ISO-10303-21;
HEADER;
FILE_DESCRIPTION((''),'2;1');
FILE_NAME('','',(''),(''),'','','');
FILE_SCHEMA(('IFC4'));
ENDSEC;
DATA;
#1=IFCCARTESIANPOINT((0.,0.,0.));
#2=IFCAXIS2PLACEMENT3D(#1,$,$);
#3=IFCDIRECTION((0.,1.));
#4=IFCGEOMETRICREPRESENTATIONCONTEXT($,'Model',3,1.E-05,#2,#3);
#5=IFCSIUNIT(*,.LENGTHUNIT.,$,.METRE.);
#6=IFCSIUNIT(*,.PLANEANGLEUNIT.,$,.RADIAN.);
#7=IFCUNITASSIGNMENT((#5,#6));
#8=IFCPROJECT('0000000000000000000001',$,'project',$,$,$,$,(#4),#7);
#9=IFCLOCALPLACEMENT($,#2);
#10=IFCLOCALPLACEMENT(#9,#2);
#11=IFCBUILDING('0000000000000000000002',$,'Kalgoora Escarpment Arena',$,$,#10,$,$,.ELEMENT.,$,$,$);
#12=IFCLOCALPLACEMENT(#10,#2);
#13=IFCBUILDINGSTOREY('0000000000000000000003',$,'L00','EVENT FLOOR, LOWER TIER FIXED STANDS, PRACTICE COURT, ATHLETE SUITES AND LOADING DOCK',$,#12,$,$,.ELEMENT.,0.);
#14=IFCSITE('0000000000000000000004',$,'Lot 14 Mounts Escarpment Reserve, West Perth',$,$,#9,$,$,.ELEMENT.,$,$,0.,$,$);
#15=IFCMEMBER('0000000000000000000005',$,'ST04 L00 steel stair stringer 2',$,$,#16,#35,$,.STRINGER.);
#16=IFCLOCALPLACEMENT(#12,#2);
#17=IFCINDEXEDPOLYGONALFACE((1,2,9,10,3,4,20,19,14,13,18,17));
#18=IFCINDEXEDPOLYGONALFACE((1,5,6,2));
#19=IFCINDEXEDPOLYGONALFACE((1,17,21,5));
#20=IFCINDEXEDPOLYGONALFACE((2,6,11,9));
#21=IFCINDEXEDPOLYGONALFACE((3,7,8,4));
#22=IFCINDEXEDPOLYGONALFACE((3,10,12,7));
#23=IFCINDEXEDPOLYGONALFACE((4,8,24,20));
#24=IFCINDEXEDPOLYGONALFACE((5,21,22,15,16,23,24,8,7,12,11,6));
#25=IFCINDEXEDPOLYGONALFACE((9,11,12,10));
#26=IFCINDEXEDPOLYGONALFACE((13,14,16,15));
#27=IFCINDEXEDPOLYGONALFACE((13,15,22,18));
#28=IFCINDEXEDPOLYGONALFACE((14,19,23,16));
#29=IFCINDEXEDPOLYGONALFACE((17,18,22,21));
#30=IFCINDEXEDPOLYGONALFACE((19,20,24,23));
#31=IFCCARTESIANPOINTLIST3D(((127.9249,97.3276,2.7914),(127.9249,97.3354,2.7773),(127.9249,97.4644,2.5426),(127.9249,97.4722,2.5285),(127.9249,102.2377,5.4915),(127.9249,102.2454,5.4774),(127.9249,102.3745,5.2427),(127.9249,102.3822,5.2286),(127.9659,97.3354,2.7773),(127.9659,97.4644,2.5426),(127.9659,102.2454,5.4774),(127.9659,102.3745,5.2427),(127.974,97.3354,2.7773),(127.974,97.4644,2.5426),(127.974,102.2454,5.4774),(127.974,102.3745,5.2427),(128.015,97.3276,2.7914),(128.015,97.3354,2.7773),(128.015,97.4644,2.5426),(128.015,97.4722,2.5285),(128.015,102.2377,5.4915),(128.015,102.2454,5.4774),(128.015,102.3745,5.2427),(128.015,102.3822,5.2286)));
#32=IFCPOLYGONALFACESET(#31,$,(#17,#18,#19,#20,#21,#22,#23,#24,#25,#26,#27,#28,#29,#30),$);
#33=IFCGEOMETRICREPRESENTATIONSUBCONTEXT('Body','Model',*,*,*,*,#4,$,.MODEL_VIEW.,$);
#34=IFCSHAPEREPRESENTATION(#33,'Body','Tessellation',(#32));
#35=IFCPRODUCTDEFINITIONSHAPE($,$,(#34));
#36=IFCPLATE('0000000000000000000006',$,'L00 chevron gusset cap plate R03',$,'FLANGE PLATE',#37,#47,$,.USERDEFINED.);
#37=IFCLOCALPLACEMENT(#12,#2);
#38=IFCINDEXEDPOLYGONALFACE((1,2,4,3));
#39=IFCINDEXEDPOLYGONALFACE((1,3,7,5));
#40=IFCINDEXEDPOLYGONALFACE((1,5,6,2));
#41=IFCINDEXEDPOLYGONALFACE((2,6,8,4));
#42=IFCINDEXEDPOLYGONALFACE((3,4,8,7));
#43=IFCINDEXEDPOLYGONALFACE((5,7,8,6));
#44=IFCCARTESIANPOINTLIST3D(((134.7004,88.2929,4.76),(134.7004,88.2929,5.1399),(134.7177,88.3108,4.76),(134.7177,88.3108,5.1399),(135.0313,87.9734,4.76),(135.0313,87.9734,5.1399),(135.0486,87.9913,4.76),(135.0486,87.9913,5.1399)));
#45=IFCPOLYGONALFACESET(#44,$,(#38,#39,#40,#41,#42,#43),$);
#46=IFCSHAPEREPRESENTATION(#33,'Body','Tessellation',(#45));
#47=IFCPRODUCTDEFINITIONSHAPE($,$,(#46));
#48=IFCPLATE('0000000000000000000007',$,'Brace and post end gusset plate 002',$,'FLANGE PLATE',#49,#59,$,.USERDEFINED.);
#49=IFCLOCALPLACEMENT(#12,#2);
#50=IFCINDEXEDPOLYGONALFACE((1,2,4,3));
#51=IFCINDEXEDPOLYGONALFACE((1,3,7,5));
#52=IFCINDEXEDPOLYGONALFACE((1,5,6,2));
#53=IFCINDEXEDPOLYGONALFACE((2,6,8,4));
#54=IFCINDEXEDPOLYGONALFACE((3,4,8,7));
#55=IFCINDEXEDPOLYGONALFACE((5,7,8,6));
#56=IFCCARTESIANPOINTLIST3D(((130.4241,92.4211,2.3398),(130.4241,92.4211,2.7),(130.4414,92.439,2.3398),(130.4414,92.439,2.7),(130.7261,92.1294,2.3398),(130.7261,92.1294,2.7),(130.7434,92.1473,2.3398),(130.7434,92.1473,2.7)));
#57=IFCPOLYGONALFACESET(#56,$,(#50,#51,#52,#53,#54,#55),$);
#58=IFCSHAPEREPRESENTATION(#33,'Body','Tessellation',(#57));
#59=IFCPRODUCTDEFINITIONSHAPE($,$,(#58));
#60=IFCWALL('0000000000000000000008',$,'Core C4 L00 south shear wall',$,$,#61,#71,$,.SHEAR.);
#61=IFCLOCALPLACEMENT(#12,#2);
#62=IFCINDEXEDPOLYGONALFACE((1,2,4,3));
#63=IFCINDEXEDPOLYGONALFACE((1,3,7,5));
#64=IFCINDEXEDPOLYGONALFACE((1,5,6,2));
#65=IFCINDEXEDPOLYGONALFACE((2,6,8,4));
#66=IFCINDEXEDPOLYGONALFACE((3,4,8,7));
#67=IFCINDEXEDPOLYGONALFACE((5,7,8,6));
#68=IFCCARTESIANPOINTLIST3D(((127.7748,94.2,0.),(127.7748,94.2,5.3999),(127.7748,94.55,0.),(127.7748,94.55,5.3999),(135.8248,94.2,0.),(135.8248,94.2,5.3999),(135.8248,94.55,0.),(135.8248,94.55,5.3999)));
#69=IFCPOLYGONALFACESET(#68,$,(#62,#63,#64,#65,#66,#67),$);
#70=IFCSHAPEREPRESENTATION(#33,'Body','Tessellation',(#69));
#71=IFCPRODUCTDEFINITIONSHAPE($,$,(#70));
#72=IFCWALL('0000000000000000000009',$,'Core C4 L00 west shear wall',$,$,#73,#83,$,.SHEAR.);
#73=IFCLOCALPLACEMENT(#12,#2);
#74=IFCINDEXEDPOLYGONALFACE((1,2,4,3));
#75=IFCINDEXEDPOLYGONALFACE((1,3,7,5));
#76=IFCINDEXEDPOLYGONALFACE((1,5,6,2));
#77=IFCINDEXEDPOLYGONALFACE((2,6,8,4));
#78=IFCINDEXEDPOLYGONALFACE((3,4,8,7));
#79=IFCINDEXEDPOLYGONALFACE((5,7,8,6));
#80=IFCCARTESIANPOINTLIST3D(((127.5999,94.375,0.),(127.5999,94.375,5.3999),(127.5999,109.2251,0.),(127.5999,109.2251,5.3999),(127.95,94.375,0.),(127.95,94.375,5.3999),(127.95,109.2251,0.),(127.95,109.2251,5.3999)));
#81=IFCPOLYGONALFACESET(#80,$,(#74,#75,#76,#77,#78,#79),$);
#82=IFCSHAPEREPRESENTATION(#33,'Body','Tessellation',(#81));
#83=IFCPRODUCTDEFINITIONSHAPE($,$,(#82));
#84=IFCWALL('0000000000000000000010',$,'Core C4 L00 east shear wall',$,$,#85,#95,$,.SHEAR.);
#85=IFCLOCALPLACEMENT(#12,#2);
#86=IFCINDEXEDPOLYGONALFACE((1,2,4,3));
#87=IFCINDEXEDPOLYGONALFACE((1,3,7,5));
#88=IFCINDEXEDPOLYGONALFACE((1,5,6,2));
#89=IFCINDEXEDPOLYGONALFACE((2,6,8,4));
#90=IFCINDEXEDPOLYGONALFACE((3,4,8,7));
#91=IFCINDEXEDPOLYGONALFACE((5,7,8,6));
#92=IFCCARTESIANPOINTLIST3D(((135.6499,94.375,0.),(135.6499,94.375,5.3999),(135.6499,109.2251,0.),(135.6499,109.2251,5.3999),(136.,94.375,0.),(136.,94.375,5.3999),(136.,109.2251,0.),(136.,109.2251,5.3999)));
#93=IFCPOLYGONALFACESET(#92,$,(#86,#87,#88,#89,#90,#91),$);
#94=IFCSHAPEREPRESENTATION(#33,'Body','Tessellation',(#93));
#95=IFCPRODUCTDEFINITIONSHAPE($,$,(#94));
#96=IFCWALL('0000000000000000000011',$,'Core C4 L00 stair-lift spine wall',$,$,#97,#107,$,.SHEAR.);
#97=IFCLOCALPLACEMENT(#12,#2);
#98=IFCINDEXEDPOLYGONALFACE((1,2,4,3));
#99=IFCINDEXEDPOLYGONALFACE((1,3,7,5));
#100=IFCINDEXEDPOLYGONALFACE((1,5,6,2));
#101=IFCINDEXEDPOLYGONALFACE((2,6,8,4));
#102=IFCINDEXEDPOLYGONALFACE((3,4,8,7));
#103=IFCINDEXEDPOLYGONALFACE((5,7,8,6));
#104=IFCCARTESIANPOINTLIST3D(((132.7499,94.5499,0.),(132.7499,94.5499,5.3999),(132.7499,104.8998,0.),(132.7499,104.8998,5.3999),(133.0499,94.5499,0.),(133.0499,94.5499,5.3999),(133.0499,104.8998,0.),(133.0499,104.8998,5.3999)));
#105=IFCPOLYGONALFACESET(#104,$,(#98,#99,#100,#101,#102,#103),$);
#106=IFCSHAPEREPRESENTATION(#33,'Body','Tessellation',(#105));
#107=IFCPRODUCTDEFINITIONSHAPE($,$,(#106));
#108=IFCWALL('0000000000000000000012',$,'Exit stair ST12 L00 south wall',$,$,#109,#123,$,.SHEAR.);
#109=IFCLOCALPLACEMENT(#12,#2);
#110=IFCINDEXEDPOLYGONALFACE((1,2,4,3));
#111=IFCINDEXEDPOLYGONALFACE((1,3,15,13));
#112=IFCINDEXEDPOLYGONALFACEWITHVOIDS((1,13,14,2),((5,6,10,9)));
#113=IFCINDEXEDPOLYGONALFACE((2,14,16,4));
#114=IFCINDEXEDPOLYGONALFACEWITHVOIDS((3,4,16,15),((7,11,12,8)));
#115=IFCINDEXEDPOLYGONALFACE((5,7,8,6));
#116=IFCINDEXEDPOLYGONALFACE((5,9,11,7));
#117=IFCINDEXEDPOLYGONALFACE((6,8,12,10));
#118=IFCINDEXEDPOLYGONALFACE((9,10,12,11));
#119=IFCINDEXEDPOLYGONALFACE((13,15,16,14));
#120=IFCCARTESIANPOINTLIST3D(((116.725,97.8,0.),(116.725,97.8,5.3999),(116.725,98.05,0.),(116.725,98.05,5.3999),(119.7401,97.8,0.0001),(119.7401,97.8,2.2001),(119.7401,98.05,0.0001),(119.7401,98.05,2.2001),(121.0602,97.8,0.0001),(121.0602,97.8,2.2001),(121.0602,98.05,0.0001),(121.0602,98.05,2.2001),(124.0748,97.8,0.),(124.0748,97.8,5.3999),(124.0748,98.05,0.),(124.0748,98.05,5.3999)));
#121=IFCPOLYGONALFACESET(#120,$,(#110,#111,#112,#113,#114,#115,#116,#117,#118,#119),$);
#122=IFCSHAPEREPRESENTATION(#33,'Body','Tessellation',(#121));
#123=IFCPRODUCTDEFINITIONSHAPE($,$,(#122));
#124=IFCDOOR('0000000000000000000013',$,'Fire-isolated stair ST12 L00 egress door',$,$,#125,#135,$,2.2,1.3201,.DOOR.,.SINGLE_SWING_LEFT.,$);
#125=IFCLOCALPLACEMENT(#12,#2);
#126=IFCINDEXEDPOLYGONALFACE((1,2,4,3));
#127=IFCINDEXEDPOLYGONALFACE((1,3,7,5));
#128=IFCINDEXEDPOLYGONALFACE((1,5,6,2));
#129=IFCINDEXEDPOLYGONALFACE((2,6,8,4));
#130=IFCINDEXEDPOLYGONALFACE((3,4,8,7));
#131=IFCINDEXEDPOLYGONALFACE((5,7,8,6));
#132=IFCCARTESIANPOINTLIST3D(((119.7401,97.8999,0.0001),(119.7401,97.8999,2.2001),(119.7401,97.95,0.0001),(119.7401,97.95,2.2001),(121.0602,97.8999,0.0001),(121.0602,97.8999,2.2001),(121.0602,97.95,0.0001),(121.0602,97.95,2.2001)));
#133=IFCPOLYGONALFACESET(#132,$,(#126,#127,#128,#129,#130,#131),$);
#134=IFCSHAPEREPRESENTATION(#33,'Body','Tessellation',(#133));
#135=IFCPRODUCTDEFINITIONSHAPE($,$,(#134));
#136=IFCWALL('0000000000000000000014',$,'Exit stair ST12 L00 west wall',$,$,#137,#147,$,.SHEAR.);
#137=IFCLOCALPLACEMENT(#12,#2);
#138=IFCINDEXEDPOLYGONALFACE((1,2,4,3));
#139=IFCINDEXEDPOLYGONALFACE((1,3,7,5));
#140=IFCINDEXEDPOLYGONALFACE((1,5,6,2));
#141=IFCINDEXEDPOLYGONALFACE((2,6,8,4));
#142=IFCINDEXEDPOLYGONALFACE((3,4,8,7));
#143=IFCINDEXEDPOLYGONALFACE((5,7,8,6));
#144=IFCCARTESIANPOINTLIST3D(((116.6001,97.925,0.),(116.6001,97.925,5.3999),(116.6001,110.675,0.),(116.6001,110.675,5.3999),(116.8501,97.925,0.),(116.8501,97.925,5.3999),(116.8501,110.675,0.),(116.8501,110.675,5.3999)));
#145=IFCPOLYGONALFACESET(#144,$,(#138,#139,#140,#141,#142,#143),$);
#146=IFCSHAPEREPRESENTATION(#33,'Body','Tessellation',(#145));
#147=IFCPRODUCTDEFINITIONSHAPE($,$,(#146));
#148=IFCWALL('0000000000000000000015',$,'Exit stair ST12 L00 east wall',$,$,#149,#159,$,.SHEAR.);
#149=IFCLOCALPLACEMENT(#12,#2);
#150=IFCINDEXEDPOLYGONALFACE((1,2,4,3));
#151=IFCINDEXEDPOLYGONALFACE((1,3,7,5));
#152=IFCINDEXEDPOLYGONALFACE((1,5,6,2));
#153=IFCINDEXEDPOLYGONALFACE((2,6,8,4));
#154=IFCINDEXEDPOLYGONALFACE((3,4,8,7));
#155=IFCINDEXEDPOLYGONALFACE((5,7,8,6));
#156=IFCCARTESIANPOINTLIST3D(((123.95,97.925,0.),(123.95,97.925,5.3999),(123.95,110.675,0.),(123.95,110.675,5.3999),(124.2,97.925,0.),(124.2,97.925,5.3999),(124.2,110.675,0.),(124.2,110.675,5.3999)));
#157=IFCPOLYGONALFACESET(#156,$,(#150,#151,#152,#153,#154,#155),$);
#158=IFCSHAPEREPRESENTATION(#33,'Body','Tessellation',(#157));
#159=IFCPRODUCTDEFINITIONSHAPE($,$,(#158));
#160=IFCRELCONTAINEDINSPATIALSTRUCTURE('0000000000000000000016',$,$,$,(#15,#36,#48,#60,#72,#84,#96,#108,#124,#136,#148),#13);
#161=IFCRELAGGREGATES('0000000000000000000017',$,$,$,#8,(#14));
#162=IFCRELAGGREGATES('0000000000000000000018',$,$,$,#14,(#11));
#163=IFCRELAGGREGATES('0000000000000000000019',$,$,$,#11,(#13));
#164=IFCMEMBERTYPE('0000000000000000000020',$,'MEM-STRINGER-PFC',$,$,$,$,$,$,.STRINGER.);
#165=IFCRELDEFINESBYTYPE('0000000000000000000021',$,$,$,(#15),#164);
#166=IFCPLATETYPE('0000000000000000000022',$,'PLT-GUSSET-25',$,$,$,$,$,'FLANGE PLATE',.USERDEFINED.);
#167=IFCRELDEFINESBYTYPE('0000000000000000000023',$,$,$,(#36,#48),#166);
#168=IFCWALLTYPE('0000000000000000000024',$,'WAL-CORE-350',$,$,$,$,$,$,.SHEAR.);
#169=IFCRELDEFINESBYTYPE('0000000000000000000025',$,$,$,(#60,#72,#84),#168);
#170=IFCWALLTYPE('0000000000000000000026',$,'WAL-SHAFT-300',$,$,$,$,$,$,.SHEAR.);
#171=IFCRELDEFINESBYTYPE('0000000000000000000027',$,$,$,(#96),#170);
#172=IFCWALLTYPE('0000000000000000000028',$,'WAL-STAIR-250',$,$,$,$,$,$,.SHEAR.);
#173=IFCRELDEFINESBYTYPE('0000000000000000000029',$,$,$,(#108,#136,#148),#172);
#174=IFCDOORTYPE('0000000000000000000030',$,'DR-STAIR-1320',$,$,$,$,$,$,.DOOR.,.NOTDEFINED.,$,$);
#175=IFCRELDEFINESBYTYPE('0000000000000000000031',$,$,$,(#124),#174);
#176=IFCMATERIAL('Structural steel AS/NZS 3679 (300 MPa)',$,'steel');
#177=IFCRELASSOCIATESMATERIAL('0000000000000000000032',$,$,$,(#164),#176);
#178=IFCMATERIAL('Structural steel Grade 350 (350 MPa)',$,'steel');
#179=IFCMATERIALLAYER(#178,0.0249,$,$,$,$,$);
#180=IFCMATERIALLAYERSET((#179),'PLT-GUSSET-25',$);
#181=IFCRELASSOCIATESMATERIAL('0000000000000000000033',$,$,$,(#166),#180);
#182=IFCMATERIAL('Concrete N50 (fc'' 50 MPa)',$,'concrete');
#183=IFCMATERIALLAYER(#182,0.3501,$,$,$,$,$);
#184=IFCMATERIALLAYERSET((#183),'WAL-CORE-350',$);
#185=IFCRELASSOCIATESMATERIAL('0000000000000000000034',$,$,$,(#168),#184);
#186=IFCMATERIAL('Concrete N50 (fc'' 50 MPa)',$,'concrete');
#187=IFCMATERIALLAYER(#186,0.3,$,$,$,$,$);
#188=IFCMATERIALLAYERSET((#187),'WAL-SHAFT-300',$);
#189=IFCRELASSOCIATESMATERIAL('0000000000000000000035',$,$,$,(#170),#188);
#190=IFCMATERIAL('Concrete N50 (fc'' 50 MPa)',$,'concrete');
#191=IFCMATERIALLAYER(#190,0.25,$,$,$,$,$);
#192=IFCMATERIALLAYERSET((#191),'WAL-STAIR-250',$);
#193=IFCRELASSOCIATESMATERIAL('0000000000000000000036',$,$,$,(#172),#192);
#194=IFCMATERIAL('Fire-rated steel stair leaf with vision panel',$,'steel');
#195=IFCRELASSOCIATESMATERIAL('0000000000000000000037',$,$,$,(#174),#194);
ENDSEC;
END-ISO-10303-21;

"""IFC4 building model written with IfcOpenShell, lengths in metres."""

from ifc_helpers import new_model, si_unit, direction, frame, frame_2d, origin, origin_2d, place, context, subcontext, project, spatial, rectangle, i_section, extrude, material, layer, layer_set, material_profile, profile_set, type_object, element, fill, save


model = new_model("IFC4")

# Units and contexts
model_context = context("Model", 3, precision=1e-05, world=origin(), true_north=direction((0.0, 1.0)))
body_context = subcontext(model_context, "Body", "Model", "MODEL_VIEW")
ifc_project = project(units=[si_unit("LENGTHUNIT", "METRE"), si_unit("PLANEANGLEUNIT", "RADIAN")], contexts=[model_context])

# Site, building, storey
site_placement = place(None, origin())
site = spatial("IfcSite", under=ifc_project, at=site_placement, Name="Lot 14 Mounts Escarpment Reserve, West Perth", CompositionType="ELEMENT", RefElevation=0.0)
building_placement = place(site_placement, origin())
building = spatial("IfcBuilding", under=site, at=building_placement, Name="Kalgoora Escarpment Arena", CompositionType="ELEMENT")
storey_placement = place(building_placement, origin())
storey = spatial("IfcBuildingStorey", under=building, at=storey_placement, Name="L00", Description="EVENT FLOOR, LOWER TIER FIXED STANDS, PRACTICE COURT, ATHLETE SUITES AND LOADING DOCK", CompositionType="ELEMENT", Elevation=0.0)

# Member
ifc_material_1 = material(Name="Structural steel AS/NZS 3679 (300 MPa)", Category="steel")
ifc_material_profile_1 = material_profile(ifc_material_1, i_section(OverallWidth=0.0901, OverallDepth=0.3, WebThickness=0.0081, FlangeThickness=0.0161, at=origin_2d()))
ifc_profile_set_1 = profile_set([ifc_material_profile_1], Name="Structural steel AS/NZS 3679 (300 MPa)")
member_type_1 = type_object("IfcMemberType", Name="MEM-STRINGER-PFC", PredefinedType="STRINGER", material=ifc_profile_set_1)
member_1_placement = place(storey_placement, frame((127.97, 97.3999, 2.6599), z_axis=(0.0, 0.876245, 0.481865), x_axis=(-1.0, 0.0, 0.0)))
element("IfcMember", 1, at=member_1_placement, inside=storey, type_object=member_type_1, Name="ST04 L00 steel stair stringer 2", PredefinedType="STRINGER", context=body_context, shape_type="SweptSolid", body=[
    extrude(i_section(OverallWidth=0.0901, OverallDepth=0.3, WebThickness=0.0081, FlangeThickness=0.0161, at=origin_2d()), origin(), (0.0, 0.0, 1.0), 5.6035),
])

# Plates
ifc_material_2 = material(Name="Structural steel Grade 350 (350 MPa)", Category="steel")
ifc_layer_1 = layer(ifc_material_2, 0.0249)
ifc_layer_set_1 = layer_set([ifc_layer_1], Name="PLT-GUSSET-25")
plate_type = type_object("IfcPlateType", Name="PLT-GUSSET-25", ElementType="FLANGE PLATE", PredefinedType="USERDEFINED", material=ifc_layer_set_1)
plate_1_placement = place(storey_placement, frame((134.8745, 88.1421, 4.76), z_axis=(0.0, 0.0, 1.0), x_axis=(-0.719461, 0.694533, 0.0)))
element("IfcPlate", 2, at=plate_1_placement, inside=storey, type_object=plate_type, Name="L00 chevron gusset cap plate R03", ObjectType="FLANGE PLATE", PredefinedType="USERDEFINED", context=body_context, shape_type="SweptSolid", body=[
    extrude(rectangle(XDim=0.46, YDim=0.0249, at=origin_2d()), origin(), (0.0, 0.0, 1.0), 0.3799),
])
plate_2_placement = place(storey_placement, frame((130.5837, 92.2842, 2.3398), z_axis=(0.0, 0.0, 1.0), x_axis=(0.71934, -0.694658, 0.0)))
element("IfcPlate", 3, at=plate_2_placement, inside=storey, type_object=plate_type, Name="Brace and post end gusset plate 002", ObjectType="FLANGE PLATE", PredefinedType="USERDEFINED", context=body_context, shape_type="SweptSolid", body=[
    extrude(rectangle(XDim=0.4199, YDim=0.0249, at=origin_2d()), origin(), (0.0, 0.0, 1.0), 0.3601),
])

# Walls
ifc_material_3 = material(Name="Concrete N50 (fc' 50 MPa)", Category="concrete")
ifc_layer_2 = layer(ifc_material_3, 0.3501)
ifc_layer_set_2 = layer_set([ifc_layer_2], Name="WAL-CORE-350")
wall_type_1 = type_object("IfcWallType", Name="WAL-CORE-350", PredefinedType="SHEAR", material=ifc_layer_set_2)
wall_1_placement = place(storey_placement, frame((127.7749, 94.375, 0.0), z_axis=(0.0, 0.0, 1.0), x_axis=(1.0, 0.0, 0.0)))
element("IfcWall", 4, at=wall_1_placement, inside=storey, type_object=wall_type_1, Name="Core C4 L00 south shear wall", PredefinedType="SHEAR", context=body_context, shape_type="SweptSolid", body=[
    extrude(rectangle(XDim=8.05, YDim=0.3501, at=frame_2d((4.0249, 0.0))), origin(), (0.0, 0.0, 1.0), 5.3999),
])
for number, where, z_axis, x_axis, name in (
    (5, (127.7749, 94.375, 0.0), (0.0, 0.0, 1.0), (0.0, 1.0, 0.0), "Core C4 L00 west shear wall"),
    (6, (135.825, 94.375, 0.0), (0.0, 0.0, 1.0), (0.0, 1.0, 0.0), "Core C4 L00 east shear wall"),
):
    element("IfcWall", number, at=place(storey_placement, frame(where, z_axis=z_axis, x_axis=x_axis)), inside=storey, type_object=wall_type_1, Name=name, PredefinedType="SHEAR", context=body_context, shape_type="SweptSolid", body=[
        extrude(rectangle(XDim=14.8501, YDim=0.3501, at=frame_2d((7.425, 0.0))), origin(), (0.0, 0.0, 1.0), 5.3999),
    ])
ifc_material_4 = material(Name="Concrete N50 (fc' 50 MPa)", Category="concrete")
ifc_layer_3 = layer(ifc_material_4, 0.3)
ifc_layer_set_3 = layer_set([ifc_layer_3], Name="WAL-SHAFT-300")
wall_type_2 = type_object("IfcWallType", Name="WAL-SHAFT-300", PredefinedType="SHEAR", material=ifc_layer_set_3)
wall_2_placement = place(storey_placement, frame((132.8999, 94.55, 0.0), z_axis=(0.0, 0.0, 1.0), x_axis=(0.0, 1.0, 0.0)))
element("IfcWall", 7, at=wall_2_placement, inside=storey, type_object=wall_type_2, Name="Core C4 L00 stair-lift spine wall", PredefinedType="SHEAR", context=body_context, shape_type="SweptSolid", body=[
    extrude(rectangle(XDim=10.3499, YDim=0.3, at=frame_2d((5.1748, 0.0))), origin(), (0.0, 0.0, 1.0), 5.3999),
])

# Wall, opening, door
ifc_material_5 = material(Name="Concrete N50 (fc' 50 MPa)", Category="concrete")
ifc_layer_4 = layer(ifc_material_5, 0.25)
ifc_layer_set_4 = layer_set([ifc_layer_4], Name="WAL-STAIR-250")
wall_type_3 = type_object("IfcWallType", Name="WAL-STAIR-250", PredefinedType="SHEAR", material=ifc_layer_set_4)
wall_3_placement = place(storey_placement, frame((116.7251, 97.925, 0.0), z_axis=(0.0, 0.0, 1.0), x_axis=(1.0, 0.0, 0.0)))
wall_3 = element("IfcWall", 8, at=wall_3_placement, inside=storey, type_object=wall_type_3, Name="Exit stair ST12 L00 south wall", PredefinedType="SHEAR", context=body_context, shape_type="SweptSolid", body=[
    extrude(rectangle(XDim=7.3499, YDim=0.25, at=frame_2d((3.6748, 0.0))), origin(), (0.0, 0.0, 1.0), 5.3999),
])
opening_placement = place(wall_3_placement, frame((3.0149, 0.0, 0.0)))
opening = element("IfcOpeningElement", 9, at=opening_placement, cuts=wall_3, PredefinedType="OPENING", context=body_context, shape_type="SweptSolid", body=[
    extrude(rectangle(XDim=1.3201, YDim=2.2, at=frame_2d((0.6602, 1.1001))), frame((0.0, 0.135, 0.0), z_axis=(0.0, -1.0, 0.0), x_axis=(1.0, 0.0, 0.0)), (0.0, 0.0, 1.0), 0.27),
])
ifc_material_6 = material(Name="Fire-rated steel stair leaf with vision panel", Category="steel")
door_type = type_object("IfcDoorType", Name="DR-STAIR-1320", OperationType="NOTDEFINED", PredefinedType="DOOR", material=ifc_material_6)
door_placement = place(opening_placement, origin())
door = element("IfcDoor", 10, at=door_placement, inside=storey, type_object=door_type, Name="Fire-isolated stair ST12 L00 egress door", OperationType="SINGLE_SWING_LEFT", OverallHeight=2.2, OverallWidth=1.3201, PredefinedType="DOOR", context=body_context, shape_type="SweptSolid", body=[
    extrude(rectangle(XDim=1.3201, YDim=2.2, at=frame_2d((0.6602, 1.1001))), frame((0.0, 0.0249, 0.0), z_axis=(0.0, -1.0, 0.0), x_axis=(1.0, 0.0, 0.0)), (0.0, 0.0, 1.0), 0.05),
])
fill(opening, door)

# Walls
for number, where, z_axis, x_axis, name in (
    (11, (116.7251, 97.925, 0.0), (0.0, 0.0, 1.0), (0.0, 1.0, 0.0), "Exit stair ST12 L00 west wall"),
    (12, (124.075, 97.925, 0.0), (0.0, 0.0, 1.0), (0.0, 1.0, 0.0), "Exit stair ST12 L00 east wall"),
):
    element("IfcWall", number, at=place(storey_placement, frame(where, z_axis=z_axis, x_axis=x_axis)), inside=storey, type_object=wall_type_3, Name=name, PredefinedType="SHEAR", context=body_context, shape_type="SweptSolid", body=[
        extrude(rectangle(XDim=12.75, YDim=0.25, at=frame_2d((6.375, 0.0))), origin(), (0.0, 0.0, 1.0), 5.3999),
    ])

save(model, "model.ifc")
